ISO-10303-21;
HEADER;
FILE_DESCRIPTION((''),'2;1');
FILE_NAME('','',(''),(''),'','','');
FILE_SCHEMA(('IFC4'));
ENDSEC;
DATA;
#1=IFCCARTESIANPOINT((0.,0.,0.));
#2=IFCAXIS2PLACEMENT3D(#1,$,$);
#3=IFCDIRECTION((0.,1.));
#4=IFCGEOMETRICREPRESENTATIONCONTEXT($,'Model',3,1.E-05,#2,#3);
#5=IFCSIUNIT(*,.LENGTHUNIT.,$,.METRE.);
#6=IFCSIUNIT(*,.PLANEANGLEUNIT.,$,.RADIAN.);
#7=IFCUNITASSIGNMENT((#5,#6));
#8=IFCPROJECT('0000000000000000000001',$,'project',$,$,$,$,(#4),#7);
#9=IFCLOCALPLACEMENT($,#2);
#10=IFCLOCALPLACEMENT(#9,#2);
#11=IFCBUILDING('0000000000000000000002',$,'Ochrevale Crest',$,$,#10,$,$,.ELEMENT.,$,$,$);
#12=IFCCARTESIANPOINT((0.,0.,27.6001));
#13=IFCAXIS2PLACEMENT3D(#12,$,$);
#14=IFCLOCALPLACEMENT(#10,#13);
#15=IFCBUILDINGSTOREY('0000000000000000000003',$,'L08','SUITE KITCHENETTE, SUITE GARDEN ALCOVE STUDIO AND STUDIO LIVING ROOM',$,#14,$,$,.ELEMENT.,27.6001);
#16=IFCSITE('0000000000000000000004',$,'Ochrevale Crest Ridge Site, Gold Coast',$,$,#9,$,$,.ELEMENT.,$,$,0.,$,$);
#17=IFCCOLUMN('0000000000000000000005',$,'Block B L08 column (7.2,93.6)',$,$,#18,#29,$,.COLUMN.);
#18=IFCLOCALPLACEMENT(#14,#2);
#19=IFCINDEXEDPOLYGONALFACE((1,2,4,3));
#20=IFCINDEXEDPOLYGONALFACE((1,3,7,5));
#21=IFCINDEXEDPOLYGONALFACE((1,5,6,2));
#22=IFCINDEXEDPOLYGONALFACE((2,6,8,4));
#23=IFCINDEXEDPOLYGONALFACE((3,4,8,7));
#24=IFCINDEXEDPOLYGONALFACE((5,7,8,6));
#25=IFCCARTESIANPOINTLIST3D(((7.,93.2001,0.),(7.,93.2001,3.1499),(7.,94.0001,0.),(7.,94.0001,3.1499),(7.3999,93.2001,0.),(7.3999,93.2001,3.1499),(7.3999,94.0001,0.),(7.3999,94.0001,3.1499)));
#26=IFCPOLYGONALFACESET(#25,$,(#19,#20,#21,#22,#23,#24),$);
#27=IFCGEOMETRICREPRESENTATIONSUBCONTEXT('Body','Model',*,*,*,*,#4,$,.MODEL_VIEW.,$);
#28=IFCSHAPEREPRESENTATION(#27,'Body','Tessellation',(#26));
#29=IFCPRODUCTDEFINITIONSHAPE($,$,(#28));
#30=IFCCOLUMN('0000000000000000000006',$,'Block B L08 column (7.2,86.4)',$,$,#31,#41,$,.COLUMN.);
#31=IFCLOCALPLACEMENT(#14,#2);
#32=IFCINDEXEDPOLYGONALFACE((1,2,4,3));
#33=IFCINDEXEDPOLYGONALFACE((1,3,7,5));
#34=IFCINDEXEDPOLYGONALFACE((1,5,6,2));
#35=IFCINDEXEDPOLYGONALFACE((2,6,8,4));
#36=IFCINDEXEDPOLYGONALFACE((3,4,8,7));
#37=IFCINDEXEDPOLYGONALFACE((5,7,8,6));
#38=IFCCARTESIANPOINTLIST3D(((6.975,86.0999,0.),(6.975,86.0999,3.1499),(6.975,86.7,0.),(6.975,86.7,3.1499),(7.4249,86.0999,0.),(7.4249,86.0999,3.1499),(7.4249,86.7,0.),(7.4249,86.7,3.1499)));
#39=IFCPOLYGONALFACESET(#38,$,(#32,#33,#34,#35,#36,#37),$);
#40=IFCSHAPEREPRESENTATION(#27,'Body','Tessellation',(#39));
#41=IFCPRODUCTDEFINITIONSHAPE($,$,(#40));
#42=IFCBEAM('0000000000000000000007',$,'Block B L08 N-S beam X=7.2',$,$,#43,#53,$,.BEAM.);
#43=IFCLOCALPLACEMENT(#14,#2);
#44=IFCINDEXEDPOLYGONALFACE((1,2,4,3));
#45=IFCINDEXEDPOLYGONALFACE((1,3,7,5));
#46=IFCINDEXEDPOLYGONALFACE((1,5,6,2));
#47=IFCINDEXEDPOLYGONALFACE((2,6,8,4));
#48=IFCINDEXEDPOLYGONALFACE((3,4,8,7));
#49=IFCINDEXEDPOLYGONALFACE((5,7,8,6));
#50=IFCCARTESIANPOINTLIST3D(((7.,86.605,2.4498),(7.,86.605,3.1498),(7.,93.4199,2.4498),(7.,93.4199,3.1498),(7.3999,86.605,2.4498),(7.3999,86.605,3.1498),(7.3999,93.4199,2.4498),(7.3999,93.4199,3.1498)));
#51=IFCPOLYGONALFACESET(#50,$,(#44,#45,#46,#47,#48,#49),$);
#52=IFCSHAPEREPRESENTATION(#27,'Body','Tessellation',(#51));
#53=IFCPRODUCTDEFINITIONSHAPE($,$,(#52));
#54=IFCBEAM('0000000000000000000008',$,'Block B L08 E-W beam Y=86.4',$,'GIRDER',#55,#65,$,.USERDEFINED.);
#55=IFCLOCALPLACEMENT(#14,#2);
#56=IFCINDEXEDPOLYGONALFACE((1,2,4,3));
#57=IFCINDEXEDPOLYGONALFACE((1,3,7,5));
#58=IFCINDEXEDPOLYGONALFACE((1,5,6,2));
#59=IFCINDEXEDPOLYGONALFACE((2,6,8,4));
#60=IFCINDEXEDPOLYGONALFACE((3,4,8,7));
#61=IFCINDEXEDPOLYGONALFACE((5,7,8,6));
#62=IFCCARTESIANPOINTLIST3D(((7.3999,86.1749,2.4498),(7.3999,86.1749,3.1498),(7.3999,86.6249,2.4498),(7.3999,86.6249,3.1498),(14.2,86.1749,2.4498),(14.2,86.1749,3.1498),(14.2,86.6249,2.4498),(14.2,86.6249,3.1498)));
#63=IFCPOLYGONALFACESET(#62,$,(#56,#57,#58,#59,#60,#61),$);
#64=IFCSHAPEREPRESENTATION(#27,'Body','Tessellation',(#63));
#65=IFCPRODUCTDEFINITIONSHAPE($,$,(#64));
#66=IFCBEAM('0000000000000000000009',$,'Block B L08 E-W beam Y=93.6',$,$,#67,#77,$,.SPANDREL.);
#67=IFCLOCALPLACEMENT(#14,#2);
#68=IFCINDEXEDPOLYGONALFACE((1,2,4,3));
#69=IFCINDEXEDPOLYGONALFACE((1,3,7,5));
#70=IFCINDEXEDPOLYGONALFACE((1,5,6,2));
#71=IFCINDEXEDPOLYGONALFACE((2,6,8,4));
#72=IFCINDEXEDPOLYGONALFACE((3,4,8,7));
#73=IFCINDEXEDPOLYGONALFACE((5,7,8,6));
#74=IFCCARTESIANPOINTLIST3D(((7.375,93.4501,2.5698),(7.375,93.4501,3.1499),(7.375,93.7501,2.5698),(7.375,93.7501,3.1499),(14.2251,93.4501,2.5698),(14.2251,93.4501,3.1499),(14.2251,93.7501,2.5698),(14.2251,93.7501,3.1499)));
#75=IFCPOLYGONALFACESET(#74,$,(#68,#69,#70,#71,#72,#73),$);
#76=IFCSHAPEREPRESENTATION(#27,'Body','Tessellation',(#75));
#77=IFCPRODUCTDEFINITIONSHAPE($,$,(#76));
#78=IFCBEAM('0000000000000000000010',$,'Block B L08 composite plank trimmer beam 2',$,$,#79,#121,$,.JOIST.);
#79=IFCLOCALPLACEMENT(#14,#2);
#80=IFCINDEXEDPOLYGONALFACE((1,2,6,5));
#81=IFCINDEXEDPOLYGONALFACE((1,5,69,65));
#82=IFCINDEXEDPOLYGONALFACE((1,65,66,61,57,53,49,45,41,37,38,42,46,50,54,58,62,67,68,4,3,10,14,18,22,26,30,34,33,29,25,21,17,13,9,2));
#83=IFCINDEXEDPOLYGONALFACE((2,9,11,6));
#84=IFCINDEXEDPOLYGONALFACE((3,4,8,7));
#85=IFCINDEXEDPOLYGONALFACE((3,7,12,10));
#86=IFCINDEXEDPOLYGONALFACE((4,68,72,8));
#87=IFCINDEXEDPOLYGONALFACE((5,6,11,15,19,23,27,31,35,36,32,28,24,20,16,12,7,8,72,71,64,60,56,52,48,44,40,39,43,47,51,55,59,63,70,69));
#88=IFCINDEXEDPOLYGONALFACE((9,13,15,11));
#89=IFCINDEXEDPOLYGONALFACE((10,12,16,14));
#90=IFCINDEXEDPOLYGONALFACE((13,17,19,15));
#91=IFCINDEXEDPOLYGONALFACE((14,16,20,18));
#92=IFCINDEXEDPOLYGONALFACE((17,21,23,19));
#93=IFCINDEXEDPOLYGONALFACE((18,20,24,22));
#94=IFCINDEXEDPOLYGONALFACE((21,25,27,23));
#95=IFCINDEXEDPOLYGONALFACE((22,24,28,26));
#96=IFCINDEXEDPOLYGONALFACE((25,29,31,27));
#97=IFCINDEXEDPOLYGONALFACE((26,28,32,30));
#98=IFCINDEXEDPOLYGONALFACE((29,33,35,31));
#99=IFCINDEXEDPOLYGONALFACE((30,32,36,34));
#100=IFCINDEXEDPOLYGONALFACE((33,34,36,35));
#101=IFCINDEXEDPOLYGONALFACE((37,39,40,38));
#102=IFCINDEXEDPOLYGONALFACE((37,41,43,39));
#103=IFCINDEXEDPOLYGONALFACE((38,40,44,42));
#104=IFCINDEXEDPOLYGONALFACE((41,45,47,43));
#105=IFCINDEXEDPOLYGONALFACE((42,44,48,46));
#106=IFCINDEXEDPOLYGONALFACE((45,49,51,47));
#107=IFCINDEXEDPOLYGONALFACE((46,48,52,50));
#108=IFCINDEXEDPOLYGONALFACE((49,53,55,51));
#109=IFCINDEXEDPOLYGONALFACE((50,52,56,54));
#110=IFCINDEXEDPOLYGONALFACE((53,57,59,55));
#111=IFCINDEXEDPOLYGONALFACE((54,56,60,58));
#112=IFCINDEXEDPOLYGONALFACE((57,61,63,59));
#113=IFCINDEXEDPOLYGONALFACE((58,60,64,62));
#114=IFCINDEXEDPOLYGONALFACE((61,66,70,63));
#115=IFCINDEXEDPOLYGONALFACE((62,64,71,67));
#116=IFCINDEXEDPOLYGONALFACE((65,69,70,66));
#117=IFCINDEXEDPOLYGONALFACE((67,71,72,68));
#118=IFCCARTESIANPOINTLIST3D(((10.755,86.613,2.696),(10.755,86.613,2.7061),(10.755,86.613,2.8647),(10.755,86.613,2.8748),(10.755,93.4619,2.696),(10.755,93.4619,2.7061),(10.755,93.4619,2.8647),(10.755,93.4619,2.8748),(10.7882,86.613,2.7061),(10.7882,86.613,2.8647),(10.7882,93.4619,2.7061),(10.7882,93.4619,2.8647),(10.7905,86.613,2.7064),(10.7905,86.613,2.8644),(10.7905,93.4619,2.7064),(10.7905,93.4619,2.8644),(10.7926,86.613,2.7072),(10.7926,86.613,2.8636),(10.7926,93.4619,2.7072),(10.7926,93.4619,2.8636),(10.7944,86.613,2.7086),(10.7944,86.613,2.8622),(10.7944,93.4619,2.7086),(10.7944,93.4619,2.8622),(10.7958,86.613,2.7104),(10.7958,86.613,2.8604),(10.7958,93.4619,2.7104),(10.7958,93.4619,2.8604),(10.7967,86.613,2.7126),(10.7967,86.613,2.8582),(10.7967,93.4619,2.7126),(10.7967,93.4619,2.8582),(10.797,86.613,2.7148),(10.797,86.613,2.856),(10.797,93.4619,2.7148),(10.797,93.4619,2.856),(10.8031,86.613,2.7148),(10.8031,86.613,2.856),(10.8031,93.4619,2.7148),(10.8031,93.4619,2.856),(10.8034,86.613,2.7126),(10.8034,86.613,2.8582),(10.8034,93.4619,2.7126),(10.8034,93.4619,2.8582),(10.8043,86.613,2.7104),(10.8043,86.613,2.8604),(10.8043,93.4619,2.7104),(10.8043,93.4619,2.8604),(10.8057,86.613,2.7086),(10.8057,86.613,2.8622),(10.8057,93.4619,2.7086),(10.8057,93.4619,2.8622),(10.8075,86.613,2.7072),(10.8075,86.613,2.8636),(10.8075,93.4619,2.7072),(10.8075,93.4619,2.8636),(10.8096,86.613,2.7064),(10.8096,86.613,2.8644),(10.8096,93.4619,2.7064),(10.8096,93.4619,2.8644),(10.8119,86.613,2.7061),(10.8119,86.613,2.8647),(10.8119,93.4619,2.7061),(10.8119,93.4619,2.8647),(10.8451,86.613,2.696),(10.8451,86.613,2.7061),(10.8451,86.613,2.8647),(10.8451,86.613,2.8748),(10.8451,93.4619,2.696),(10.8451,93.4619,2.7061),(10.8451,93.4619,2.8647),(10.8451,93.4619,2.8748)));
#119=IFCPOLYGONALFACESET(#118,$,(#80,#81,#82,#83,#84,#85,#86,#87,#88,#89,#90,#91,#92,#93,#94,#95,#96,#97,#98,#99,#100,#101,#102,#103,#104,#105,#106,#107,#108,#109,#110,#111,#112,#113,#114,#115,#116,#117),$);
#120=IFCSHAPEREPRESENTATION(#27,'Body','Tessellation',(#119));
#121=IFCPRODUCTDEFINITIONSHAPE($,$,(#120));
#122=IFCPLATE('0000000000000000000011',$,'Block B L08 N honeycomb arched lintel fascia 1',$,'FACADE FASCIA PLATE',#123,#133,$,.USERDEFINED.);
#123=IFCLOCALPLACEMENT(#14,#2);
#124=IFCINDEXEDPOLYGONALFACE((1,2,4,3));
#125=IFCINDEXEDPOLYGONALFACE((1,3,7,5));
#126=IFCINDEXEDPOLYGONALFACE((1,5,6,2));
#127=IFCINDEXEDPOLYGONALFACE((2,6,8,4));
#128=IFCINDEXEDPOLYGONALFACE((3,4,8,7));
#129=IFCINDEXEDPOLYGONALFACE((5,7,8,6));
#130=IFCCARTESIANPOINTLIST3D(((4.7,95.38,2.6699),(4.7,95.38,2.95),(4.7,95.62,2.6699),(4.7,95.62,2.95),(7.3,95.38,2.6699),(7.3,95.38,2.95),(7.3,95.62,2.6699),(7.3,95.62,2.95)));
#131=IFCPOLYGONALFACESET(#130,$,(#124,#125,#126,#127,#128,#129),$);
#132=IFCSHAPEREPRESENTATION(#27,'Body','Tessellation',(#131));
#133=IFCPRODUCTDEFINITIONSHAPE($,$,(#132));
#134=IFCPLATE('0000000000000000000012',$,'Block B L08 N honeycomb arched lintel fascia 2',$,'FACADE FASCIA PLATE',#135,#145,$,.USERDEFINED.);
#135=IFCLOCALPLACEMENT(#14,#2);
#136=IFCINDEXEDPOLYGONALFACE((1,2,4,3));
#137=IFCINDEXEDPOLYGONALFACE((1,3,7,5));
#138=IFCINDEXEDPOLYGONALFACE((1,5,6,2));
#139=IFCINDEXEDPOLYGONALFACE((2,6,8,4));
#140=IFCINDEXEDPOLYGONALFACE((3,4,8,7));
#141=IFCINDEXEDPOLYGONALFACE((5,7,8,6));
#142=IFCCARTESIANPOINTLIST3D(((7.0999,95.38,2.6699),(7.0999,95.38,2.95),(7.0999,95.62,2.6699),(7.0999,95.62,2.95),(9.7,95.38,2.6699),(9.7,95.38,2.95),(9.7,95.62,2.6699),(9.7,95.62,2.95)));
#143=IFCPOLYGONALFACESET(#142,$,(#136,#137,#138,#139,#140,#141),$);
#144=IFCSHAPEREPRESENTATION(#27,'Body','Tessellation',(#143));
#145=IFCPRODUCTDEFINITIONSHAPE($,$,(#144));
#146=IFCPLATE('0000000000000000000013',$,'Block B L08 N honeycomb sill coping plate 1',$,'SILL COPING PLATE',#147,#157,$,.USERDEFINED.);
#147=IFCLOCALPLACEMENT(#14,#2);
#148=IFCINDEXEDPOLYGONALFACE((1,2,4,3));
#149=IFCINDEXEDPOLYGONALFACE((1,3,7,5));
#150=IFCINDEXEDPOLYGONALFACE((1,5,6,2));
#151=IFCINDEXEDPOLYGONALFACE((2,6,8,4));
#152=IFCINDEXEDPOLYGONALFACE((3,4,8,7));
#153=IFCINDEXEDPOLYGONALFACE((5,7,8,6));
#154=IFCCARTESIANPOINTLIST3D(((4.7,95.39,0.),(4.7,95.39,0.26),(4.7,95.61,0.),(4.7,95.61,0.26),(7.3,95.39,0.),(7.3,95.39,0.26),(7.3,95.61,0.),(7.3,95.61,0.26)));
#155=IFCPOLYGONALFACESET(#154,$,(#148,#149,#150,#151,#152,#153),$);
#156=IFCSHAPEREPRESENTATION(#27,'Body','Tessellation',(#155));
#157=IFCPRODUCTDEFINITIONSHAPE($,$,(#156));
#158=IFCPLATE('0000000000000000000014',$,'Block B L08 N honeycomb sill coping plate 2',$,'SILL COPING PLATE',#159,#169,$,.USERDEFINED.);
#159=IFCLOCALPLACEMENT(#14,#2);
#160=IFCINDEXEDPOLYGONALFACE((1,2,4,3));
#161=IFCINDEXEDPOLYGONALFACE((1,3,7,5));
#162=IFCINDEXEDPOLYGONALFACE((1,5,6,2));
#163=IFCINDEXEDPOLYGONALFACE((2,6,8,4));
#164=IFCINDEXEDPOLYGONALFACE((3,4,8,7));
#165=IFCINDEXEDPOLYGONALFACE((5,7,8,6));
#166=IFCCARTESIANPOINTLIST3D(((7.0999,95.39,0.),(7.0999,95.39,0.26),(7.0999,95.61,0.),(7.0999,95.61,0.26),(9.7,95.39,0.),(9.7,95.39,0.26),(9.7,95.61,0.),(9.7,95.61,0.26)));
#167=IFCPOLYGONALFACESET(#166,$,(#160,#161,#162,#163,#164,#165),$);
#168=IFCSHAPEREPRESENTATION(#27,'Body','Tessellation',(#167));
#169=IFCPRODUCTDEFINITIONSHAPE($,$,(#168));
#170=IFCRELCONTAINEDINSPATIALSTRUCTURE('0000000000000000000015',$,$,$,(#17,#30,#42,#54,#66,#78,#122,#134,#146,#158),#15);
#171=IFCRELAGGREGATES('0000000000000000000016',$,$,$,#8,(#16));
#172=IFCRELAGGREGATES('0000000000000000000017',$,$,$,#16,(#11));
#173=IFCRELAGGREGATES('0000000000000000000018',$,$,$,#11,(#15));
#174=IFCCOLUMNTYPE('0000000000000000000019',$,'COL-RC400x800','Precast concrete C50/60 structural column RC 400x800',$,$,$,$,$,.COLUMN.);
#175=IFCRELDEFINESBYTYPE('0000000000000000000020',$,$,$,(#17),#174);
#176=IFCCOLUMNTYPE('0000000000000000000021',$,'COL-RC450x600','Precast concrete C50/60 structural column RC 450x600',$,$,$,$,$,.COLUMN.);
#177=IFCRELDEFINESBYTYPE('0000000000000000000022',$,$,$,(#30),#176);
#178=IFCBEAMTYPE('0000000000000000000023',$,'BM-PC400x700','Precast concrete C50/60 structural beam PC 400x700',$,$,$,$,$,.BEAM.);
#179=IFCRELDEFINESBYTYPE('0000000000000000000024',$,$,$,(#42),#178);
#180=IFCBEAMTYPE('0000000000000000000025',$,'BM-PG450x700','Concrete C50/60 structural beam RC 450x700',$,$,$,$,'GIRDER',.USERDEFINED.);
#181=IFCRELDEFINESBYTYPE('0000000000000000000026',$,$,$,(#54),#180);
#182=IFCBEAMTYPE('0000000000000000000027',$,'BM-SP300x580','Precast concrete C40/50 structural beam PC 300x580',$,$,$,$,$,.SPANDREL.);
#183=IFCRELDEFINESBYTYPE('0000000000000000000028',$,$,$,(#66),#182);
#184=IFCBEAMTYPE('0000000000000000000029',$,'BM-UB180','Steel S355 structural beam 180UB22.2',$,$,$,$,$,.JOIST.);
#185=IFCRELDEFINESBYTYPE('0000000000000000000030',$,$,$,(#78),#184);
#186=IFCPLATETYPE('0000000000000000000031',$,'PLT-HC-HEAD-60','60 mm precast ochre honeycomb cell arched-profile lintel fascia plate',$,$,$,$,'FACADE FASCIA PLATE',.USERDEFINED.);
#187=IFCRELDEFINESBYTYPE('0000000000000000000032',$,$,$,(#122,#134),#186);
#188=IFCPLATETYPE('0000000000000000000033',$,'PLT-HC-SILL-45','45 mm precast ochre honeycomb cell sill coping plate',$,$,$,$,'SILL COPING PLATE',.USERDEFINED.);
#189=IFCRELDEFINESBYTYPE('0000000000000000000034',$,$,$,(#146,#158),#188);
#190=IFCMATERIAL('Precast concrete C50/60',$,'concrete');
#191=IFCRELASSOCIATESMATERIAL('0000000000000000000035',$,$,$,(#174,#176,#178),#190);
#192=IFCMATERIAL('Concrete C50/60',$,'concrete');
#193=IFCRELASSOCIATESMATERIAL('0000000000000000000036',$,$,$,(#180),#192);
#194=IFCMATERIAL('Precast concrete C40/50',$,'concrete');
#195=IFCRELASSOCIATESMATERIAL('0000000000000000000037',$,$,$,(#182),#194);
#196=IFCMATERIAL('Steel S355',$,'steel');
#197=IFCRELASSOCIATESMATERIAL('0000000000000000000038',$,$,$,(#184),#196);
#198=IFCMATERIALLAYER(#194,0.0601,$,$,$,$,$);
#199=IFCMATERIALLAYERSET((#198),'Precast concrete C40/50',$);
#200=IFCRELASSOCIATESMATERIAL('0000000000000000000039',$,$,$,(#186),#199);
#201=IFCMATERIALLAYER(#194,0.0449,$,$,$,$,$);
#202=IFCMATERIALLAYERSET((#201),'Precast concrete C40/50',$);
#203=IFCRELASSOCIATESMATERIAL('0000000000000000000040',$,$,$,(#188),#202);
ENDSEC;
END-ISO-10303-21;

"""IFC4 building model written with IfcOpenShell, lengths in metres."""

from ifc_helpers import new_model, si_unit, direction, frame, origin, origin_2d, place, context, subcontext, project, spatial, rectangle, i_section, extrude, material, layer, layer_set, material_profile, profile_set, type_object, element, save


model = new_model("IFC4")

# Units and contexts
model_context = context("Model", 3, precision=1e-05, world=origin(), true_north=direction((0.0, 1.0)))
body_context = subcontext(model_context, "Body", "Model", "MODEL_VIEW")
ifc_project = project(units=[si_unit("LENGTHUNIT", "METRE"), si_unit("PLANEANGLEUNIT", "RADIAN")], contexts=[model_context])

# Site, building, storey
site_placement = place(None, origin())
site = spatial("IfcSite", under=ifc_project, at=site_placement, Name="Ochrevale Crest Ridge Site, Gold Coast", CompositionType="ELEMENT", RefElevation=0.0)
building_placement = place(site_placement, origin())
building = spatial("IfcBuilding", under=site, at=building_placement, Name="Ochrevale Crest", CompositionType="ELEMENT")
storey_placement = place(building_placement, frame((0.0, 0.0, 27.6001)))
storey = spatial("IfcBuildingStorey", under=building, at=storey_placement, Name="L08", Description="SUITE KITCHENETTE, SUITE GARDEN ALCOVE STUDIO AND STUDIO LIVING ROOM", CompositionType="ELEMENT", Elevation=27.6001)

# Columns
ifc_material_1 = material(Name="Precast concrete C50/60", Category="concrete")
ifc_material_profile_1 = material_profile(ifc_material_1, rectangle(XDim=0.3999, YDim=0.8, at=origin_2d()), Name="RC 400x800")
ifc_profile_set_1 = profile_set([ifc_material_profile_1], Name="Precast concrete C50/60")
column_type_1 = type_object("IfcColumnType", Name="COL-RC400x800", Description="Precast concrete C50/60 structural column RC 400x800", PredefinedType="COLUMN", material=ifc_profile_set_1)
column_1_placement = place(storey_placement, frame((7.2, 93.6001, 0.0), z_axis=(0.0, 0.0, 1.0), x_axis=(1.0, 0.0, 0.0)))
element("IfcColumn", 1, at=column_1_placement, inside=storey, type_object=column_type_1, Name="Block B L08 column (7.2,93.6)", PredefinedType="COLUMN", context=body_context, shape_type="SweptSolid", body=[
    extrude(rectangle(XDim=0.3999, YDim=0.8, at=origin_2d()), origin(), (0.0, 0.0, 1.0), 3.1499),
])
ifc_material_profile_2 = material_profile(ifc_material_1, rectangle(XDim=0.45, YDim=0.6001, at=origin_2d()), Name="RC 450x600")
ifc_profile_set_2 = profile_set([ifc_material_profile_2], Name="Precast concrete C50/60")
column_type_2 = type_object("IfcColumnType", Name="COL-RC450x600", Description="Precast concrete C50/60 structural column RC 450x600", PredefinedType="COLUMN", material=ifc_profile_set_2)
column_2_placement = place(storey_placement, frame((7.2, 86.3999, 0.0), z_axis=(0.0, 0.0, 1.0), x_axis=(1.0, 0.0, 0.0)))
element("IfcColumn", 2, at=column_2_placement, inside=storey, type_object=column_type_2, Name="Block B L08 column (7.2,86.4)", PredefinedType="COLUMN", context=body_context, shape_type="SweptSolid", body=[
    extrude(rectangle(XDim=0.45, YDim=0.6001, at=origin_2d()), origin(), (0.0, 0.0, 1.0), 3.1499),
])

# Beams
ifc_material_profile_3 = material_profile(ifc_material_1, rectangle(XDim=0.3999, YDim=0.7, at=origin_2d()), Name="PC 400x700")
ifc_profile_set_3 = profile_set([ifc_material_profile_3], Name="Precast concrete C50/60")
beam_type_1 = type_object("IfcBeamType", Name="BM-PC400x700", Description="Precast concrete C50/60 structural beam PC 400x700", PredefinedType="BEAM", material=ifc_profile_set_3)
beam_1_placement = place(storey_placement, frame((7.2, 86.605, 2.7998), z_axis=(0.0, 1.0, 0.0), x_axis=(-1.0, 0.0, 0.0)))
element("IfcBeam", 3, at=beam_1_placement, inside=storey, type_object=beam_type_1, Name="Block B L08 N-S beam X=7.2", PredefinedType="BEAM", context=body_context, shape_type="SweptSolid", body=[
    extrude(rectangle(XDim=0.3999, YDim=0.7, at=origin_2d()), origin(), (0.0, 0.0, 1.0), 6.8149),
])
ifc_material_2 = material(Name="Concrete C50/60", Category="concrete")
ifc_material_profile_4 = material_profile(ifc_material_2, rectangle(XDim=0.45, YDim=0.7, at=origin_2d()), Name="RC 450x700")
ifc_profile_set_4 = profile_set([ifc_material_profile_4], Name="Concrete C50/60")
beam_type_2 = type_object("IfcBeamType", Name="BM-PG450x700", Description="Concrete C50/60 structural beam RC 450x700", ElementType="GIRDER", PredefinedType="USERDEFINED", material=ifc_profile_set_4)
beam_2_placement = place(storey_placement, frame((7.3999, 86.3999, 2.7998), z_axis=(1.0, 0.0, 0.0), x_axis=(0.0, 1.0, 0.0)))
element("IfcBeam", 4, at=beam_2_placement, inside=storey, type_object=beam_type_2, Name="Block B L08 E-W beam Y=86.4", ObjectType="GIRDER", PredefinedType="USERDEFINED", context=body_context, shape_type="SweptSolid", body=[
    extrude(rectangle(XDim=0.45, YDim=0.7, at=origin_2d()), origin(), (0.0, 0.0, 1.0), 6.8),
])
ifc_material_3 = material(Name="Precast concrete C40/50", Category="concrete")
ifc_material_profile_5 = material_profile(ifc_material_3, rectangle(XDim=0.3, YDim=0.5801, at=origin_2d()), Name="PC 300x580")
ifc_profile_set_5 = profile_set([ifc_material_profile_5], Name="Precast concrete C40/50")
beam_type_3 = type_object("IfcBeamType", Name="BM-SP300x580", Description="Precast concrete C40/50 structural beam PC 300x580", PredefinedType="SPANDREL", material=ifc_profile_set_5)
beam_3_placement = place(storey_placement, frame((7.375, 93.6001, 2.8599), z_axis=(1.0, 0.0, 0.0), x_axis=(0.0, 1.0, 0.0)))
element("IfcBeam", 5, at=beam_3_placement, inside=storey, type_object=beam_type_3, Name="Block B L08 E-W beam Y=93.6", PredefinedType="SPANDREL", context=body_context, shape_type="SweptSolid", body=[
    extrude(rectangle(XDim=0.3, YDim=0.5801, at=origin_2d()), origin(), (0.0, 0.0, 1.0), 6.8501),
])
ifc_material_4 = material(Name="Steel S355", Category="steel")
ifc_material_profile_6 = material_profile(ifc_material_4, i_section(OverallWidth=0.0901, OverallDepth=0.1787, WebThickness=0.0061, FlangeThickness=0.01, FilletRadius=0.0088, at=origin_2d()), Name="180UB22.2")
ifc_profile_set_6 = profile_set([ifc_material_profile_6], Name="Steel S355")
beam_type_4 = type_object("IfcBeamType", Name="BM-UB180", Description="Steel S355 structural beam 180UB22.2", PredefinedType="JOIST", material=ifc_profile_set_6)
beam_4_placement = place(storey_placement, frame((10.8, 86.613, 2.7854), z_axis=(0.0, 1.0, 0.0), x_axis=(-1.0, 0.0, 0.0)))
element("IfcBeam", 6, at=beam_4_placement, inside=storey, type_object=beam_type_4, Name="Block B L08 composite plank trimmer beam 2", PredefinedType="JOIST", context=body_context, shape_type="SweptSolid", body=[
    extrude(i_section(OverallWidth=0.0901, OverallDepth=0.1787, WebThickness=0.0061, FlangeThickness=0.01, FilletRadius=0.0088, at=origin_2d()), origin(), (0.0, 0.0, 1.0), 6.8489),
])

# Plates
ifc_layer_1 = layer(ifc_material_3, 0.0601)
ifc_layer_set_1 = layer_set([ifc_layer_1], Name="Precast concrete C40/50")
plate_type_1 = type_object("IfcPlateType", Name="PLT-HC-HEAD-60", Description="60 mm precast ochre honeycomb cell arched-profile lintel fascia plate", ElementType="FACADE FASCIA PLATE", PredefinedType="USERDEFINED", material=ifc_layer_set_1)
for number, where, z_axis, x_axis, name in (
    (7, (6.0, 95.5, 2.6699), (0.0, 0.0, 1.0), (1.0, 0.0, 0.0), "Block B L08 N honeycomb arched lintel fascia 1"),
    (8, (8.3999, 95.5, 2.6699), (0.0, 0.0, 1.0), (1.0, 0.0, 0.0), "Block B L08 N honeycomb arched lintel fascia 2"),
):
    element("IfcPlate", number, at=place(storey_placement, frame(where, z_axis=z_axis, x_axis=x_axis)), inside=storey, type_object=plate_type_1, Name=name, ObjectType="FACADE FASCIA PLATE", PredefinedType="USERDEFINED", context=body_context, shape_type="SweptSolid", body=[
        extrude(rectangle(XDim=2.6001, YDim=0.24, at=origin_2d()), origin(), (0.0, 0.0, 1.0), 0.28),
    ])
ifc_layer_2 = layer(ifc_material_3, 0.0449)
ifc_layer_set_2 = layer_set([ifc_layer_2], Name="Precast concrete C40/50")
plate_type_2 = type_object("IfcPlateType", Name="PLT-HC-SILL-45", Description="45 mm precast ochre honeycomb cell sill coping plate", ElementType="SILL COPING PLATE", PredefinedType="USERDEFINED", material=ifc_layer_set_2)
for number, where, z_axis, x_axis, name in (
    (9, (6.0, 95.5, 0.0), (0.0, 0.0, 1.0), (1.0, 0.0, 0.0), "Block B L08 N honeycomb sill coping plate 1"),
    (10, (8.3999, 95.5, 0.0), (0.0, 0.0, 1.0), (1.0, 0.0, 0.0), "Block B L08 N honeycomb sill coping plate 2"),
):
    element("IfcPlate", number, at=place(storey_placement, frame(where, z_axis=z_axis, x_axis=x_axis)), inside=storey, type_object=plate_type_2, Name=name, ObjectType="SILL COPING PLATE", PredefinedType="USERDEFINED", context=body_context, shape_type="SweptSolid", body=[
        extrude(rectangle(XDim=2.6001, YDim=0.22, at=origin_2d()), origin(), (0.0, 0.0, 1.0), 0.26),
    ])

save(model, "model.ifc")
